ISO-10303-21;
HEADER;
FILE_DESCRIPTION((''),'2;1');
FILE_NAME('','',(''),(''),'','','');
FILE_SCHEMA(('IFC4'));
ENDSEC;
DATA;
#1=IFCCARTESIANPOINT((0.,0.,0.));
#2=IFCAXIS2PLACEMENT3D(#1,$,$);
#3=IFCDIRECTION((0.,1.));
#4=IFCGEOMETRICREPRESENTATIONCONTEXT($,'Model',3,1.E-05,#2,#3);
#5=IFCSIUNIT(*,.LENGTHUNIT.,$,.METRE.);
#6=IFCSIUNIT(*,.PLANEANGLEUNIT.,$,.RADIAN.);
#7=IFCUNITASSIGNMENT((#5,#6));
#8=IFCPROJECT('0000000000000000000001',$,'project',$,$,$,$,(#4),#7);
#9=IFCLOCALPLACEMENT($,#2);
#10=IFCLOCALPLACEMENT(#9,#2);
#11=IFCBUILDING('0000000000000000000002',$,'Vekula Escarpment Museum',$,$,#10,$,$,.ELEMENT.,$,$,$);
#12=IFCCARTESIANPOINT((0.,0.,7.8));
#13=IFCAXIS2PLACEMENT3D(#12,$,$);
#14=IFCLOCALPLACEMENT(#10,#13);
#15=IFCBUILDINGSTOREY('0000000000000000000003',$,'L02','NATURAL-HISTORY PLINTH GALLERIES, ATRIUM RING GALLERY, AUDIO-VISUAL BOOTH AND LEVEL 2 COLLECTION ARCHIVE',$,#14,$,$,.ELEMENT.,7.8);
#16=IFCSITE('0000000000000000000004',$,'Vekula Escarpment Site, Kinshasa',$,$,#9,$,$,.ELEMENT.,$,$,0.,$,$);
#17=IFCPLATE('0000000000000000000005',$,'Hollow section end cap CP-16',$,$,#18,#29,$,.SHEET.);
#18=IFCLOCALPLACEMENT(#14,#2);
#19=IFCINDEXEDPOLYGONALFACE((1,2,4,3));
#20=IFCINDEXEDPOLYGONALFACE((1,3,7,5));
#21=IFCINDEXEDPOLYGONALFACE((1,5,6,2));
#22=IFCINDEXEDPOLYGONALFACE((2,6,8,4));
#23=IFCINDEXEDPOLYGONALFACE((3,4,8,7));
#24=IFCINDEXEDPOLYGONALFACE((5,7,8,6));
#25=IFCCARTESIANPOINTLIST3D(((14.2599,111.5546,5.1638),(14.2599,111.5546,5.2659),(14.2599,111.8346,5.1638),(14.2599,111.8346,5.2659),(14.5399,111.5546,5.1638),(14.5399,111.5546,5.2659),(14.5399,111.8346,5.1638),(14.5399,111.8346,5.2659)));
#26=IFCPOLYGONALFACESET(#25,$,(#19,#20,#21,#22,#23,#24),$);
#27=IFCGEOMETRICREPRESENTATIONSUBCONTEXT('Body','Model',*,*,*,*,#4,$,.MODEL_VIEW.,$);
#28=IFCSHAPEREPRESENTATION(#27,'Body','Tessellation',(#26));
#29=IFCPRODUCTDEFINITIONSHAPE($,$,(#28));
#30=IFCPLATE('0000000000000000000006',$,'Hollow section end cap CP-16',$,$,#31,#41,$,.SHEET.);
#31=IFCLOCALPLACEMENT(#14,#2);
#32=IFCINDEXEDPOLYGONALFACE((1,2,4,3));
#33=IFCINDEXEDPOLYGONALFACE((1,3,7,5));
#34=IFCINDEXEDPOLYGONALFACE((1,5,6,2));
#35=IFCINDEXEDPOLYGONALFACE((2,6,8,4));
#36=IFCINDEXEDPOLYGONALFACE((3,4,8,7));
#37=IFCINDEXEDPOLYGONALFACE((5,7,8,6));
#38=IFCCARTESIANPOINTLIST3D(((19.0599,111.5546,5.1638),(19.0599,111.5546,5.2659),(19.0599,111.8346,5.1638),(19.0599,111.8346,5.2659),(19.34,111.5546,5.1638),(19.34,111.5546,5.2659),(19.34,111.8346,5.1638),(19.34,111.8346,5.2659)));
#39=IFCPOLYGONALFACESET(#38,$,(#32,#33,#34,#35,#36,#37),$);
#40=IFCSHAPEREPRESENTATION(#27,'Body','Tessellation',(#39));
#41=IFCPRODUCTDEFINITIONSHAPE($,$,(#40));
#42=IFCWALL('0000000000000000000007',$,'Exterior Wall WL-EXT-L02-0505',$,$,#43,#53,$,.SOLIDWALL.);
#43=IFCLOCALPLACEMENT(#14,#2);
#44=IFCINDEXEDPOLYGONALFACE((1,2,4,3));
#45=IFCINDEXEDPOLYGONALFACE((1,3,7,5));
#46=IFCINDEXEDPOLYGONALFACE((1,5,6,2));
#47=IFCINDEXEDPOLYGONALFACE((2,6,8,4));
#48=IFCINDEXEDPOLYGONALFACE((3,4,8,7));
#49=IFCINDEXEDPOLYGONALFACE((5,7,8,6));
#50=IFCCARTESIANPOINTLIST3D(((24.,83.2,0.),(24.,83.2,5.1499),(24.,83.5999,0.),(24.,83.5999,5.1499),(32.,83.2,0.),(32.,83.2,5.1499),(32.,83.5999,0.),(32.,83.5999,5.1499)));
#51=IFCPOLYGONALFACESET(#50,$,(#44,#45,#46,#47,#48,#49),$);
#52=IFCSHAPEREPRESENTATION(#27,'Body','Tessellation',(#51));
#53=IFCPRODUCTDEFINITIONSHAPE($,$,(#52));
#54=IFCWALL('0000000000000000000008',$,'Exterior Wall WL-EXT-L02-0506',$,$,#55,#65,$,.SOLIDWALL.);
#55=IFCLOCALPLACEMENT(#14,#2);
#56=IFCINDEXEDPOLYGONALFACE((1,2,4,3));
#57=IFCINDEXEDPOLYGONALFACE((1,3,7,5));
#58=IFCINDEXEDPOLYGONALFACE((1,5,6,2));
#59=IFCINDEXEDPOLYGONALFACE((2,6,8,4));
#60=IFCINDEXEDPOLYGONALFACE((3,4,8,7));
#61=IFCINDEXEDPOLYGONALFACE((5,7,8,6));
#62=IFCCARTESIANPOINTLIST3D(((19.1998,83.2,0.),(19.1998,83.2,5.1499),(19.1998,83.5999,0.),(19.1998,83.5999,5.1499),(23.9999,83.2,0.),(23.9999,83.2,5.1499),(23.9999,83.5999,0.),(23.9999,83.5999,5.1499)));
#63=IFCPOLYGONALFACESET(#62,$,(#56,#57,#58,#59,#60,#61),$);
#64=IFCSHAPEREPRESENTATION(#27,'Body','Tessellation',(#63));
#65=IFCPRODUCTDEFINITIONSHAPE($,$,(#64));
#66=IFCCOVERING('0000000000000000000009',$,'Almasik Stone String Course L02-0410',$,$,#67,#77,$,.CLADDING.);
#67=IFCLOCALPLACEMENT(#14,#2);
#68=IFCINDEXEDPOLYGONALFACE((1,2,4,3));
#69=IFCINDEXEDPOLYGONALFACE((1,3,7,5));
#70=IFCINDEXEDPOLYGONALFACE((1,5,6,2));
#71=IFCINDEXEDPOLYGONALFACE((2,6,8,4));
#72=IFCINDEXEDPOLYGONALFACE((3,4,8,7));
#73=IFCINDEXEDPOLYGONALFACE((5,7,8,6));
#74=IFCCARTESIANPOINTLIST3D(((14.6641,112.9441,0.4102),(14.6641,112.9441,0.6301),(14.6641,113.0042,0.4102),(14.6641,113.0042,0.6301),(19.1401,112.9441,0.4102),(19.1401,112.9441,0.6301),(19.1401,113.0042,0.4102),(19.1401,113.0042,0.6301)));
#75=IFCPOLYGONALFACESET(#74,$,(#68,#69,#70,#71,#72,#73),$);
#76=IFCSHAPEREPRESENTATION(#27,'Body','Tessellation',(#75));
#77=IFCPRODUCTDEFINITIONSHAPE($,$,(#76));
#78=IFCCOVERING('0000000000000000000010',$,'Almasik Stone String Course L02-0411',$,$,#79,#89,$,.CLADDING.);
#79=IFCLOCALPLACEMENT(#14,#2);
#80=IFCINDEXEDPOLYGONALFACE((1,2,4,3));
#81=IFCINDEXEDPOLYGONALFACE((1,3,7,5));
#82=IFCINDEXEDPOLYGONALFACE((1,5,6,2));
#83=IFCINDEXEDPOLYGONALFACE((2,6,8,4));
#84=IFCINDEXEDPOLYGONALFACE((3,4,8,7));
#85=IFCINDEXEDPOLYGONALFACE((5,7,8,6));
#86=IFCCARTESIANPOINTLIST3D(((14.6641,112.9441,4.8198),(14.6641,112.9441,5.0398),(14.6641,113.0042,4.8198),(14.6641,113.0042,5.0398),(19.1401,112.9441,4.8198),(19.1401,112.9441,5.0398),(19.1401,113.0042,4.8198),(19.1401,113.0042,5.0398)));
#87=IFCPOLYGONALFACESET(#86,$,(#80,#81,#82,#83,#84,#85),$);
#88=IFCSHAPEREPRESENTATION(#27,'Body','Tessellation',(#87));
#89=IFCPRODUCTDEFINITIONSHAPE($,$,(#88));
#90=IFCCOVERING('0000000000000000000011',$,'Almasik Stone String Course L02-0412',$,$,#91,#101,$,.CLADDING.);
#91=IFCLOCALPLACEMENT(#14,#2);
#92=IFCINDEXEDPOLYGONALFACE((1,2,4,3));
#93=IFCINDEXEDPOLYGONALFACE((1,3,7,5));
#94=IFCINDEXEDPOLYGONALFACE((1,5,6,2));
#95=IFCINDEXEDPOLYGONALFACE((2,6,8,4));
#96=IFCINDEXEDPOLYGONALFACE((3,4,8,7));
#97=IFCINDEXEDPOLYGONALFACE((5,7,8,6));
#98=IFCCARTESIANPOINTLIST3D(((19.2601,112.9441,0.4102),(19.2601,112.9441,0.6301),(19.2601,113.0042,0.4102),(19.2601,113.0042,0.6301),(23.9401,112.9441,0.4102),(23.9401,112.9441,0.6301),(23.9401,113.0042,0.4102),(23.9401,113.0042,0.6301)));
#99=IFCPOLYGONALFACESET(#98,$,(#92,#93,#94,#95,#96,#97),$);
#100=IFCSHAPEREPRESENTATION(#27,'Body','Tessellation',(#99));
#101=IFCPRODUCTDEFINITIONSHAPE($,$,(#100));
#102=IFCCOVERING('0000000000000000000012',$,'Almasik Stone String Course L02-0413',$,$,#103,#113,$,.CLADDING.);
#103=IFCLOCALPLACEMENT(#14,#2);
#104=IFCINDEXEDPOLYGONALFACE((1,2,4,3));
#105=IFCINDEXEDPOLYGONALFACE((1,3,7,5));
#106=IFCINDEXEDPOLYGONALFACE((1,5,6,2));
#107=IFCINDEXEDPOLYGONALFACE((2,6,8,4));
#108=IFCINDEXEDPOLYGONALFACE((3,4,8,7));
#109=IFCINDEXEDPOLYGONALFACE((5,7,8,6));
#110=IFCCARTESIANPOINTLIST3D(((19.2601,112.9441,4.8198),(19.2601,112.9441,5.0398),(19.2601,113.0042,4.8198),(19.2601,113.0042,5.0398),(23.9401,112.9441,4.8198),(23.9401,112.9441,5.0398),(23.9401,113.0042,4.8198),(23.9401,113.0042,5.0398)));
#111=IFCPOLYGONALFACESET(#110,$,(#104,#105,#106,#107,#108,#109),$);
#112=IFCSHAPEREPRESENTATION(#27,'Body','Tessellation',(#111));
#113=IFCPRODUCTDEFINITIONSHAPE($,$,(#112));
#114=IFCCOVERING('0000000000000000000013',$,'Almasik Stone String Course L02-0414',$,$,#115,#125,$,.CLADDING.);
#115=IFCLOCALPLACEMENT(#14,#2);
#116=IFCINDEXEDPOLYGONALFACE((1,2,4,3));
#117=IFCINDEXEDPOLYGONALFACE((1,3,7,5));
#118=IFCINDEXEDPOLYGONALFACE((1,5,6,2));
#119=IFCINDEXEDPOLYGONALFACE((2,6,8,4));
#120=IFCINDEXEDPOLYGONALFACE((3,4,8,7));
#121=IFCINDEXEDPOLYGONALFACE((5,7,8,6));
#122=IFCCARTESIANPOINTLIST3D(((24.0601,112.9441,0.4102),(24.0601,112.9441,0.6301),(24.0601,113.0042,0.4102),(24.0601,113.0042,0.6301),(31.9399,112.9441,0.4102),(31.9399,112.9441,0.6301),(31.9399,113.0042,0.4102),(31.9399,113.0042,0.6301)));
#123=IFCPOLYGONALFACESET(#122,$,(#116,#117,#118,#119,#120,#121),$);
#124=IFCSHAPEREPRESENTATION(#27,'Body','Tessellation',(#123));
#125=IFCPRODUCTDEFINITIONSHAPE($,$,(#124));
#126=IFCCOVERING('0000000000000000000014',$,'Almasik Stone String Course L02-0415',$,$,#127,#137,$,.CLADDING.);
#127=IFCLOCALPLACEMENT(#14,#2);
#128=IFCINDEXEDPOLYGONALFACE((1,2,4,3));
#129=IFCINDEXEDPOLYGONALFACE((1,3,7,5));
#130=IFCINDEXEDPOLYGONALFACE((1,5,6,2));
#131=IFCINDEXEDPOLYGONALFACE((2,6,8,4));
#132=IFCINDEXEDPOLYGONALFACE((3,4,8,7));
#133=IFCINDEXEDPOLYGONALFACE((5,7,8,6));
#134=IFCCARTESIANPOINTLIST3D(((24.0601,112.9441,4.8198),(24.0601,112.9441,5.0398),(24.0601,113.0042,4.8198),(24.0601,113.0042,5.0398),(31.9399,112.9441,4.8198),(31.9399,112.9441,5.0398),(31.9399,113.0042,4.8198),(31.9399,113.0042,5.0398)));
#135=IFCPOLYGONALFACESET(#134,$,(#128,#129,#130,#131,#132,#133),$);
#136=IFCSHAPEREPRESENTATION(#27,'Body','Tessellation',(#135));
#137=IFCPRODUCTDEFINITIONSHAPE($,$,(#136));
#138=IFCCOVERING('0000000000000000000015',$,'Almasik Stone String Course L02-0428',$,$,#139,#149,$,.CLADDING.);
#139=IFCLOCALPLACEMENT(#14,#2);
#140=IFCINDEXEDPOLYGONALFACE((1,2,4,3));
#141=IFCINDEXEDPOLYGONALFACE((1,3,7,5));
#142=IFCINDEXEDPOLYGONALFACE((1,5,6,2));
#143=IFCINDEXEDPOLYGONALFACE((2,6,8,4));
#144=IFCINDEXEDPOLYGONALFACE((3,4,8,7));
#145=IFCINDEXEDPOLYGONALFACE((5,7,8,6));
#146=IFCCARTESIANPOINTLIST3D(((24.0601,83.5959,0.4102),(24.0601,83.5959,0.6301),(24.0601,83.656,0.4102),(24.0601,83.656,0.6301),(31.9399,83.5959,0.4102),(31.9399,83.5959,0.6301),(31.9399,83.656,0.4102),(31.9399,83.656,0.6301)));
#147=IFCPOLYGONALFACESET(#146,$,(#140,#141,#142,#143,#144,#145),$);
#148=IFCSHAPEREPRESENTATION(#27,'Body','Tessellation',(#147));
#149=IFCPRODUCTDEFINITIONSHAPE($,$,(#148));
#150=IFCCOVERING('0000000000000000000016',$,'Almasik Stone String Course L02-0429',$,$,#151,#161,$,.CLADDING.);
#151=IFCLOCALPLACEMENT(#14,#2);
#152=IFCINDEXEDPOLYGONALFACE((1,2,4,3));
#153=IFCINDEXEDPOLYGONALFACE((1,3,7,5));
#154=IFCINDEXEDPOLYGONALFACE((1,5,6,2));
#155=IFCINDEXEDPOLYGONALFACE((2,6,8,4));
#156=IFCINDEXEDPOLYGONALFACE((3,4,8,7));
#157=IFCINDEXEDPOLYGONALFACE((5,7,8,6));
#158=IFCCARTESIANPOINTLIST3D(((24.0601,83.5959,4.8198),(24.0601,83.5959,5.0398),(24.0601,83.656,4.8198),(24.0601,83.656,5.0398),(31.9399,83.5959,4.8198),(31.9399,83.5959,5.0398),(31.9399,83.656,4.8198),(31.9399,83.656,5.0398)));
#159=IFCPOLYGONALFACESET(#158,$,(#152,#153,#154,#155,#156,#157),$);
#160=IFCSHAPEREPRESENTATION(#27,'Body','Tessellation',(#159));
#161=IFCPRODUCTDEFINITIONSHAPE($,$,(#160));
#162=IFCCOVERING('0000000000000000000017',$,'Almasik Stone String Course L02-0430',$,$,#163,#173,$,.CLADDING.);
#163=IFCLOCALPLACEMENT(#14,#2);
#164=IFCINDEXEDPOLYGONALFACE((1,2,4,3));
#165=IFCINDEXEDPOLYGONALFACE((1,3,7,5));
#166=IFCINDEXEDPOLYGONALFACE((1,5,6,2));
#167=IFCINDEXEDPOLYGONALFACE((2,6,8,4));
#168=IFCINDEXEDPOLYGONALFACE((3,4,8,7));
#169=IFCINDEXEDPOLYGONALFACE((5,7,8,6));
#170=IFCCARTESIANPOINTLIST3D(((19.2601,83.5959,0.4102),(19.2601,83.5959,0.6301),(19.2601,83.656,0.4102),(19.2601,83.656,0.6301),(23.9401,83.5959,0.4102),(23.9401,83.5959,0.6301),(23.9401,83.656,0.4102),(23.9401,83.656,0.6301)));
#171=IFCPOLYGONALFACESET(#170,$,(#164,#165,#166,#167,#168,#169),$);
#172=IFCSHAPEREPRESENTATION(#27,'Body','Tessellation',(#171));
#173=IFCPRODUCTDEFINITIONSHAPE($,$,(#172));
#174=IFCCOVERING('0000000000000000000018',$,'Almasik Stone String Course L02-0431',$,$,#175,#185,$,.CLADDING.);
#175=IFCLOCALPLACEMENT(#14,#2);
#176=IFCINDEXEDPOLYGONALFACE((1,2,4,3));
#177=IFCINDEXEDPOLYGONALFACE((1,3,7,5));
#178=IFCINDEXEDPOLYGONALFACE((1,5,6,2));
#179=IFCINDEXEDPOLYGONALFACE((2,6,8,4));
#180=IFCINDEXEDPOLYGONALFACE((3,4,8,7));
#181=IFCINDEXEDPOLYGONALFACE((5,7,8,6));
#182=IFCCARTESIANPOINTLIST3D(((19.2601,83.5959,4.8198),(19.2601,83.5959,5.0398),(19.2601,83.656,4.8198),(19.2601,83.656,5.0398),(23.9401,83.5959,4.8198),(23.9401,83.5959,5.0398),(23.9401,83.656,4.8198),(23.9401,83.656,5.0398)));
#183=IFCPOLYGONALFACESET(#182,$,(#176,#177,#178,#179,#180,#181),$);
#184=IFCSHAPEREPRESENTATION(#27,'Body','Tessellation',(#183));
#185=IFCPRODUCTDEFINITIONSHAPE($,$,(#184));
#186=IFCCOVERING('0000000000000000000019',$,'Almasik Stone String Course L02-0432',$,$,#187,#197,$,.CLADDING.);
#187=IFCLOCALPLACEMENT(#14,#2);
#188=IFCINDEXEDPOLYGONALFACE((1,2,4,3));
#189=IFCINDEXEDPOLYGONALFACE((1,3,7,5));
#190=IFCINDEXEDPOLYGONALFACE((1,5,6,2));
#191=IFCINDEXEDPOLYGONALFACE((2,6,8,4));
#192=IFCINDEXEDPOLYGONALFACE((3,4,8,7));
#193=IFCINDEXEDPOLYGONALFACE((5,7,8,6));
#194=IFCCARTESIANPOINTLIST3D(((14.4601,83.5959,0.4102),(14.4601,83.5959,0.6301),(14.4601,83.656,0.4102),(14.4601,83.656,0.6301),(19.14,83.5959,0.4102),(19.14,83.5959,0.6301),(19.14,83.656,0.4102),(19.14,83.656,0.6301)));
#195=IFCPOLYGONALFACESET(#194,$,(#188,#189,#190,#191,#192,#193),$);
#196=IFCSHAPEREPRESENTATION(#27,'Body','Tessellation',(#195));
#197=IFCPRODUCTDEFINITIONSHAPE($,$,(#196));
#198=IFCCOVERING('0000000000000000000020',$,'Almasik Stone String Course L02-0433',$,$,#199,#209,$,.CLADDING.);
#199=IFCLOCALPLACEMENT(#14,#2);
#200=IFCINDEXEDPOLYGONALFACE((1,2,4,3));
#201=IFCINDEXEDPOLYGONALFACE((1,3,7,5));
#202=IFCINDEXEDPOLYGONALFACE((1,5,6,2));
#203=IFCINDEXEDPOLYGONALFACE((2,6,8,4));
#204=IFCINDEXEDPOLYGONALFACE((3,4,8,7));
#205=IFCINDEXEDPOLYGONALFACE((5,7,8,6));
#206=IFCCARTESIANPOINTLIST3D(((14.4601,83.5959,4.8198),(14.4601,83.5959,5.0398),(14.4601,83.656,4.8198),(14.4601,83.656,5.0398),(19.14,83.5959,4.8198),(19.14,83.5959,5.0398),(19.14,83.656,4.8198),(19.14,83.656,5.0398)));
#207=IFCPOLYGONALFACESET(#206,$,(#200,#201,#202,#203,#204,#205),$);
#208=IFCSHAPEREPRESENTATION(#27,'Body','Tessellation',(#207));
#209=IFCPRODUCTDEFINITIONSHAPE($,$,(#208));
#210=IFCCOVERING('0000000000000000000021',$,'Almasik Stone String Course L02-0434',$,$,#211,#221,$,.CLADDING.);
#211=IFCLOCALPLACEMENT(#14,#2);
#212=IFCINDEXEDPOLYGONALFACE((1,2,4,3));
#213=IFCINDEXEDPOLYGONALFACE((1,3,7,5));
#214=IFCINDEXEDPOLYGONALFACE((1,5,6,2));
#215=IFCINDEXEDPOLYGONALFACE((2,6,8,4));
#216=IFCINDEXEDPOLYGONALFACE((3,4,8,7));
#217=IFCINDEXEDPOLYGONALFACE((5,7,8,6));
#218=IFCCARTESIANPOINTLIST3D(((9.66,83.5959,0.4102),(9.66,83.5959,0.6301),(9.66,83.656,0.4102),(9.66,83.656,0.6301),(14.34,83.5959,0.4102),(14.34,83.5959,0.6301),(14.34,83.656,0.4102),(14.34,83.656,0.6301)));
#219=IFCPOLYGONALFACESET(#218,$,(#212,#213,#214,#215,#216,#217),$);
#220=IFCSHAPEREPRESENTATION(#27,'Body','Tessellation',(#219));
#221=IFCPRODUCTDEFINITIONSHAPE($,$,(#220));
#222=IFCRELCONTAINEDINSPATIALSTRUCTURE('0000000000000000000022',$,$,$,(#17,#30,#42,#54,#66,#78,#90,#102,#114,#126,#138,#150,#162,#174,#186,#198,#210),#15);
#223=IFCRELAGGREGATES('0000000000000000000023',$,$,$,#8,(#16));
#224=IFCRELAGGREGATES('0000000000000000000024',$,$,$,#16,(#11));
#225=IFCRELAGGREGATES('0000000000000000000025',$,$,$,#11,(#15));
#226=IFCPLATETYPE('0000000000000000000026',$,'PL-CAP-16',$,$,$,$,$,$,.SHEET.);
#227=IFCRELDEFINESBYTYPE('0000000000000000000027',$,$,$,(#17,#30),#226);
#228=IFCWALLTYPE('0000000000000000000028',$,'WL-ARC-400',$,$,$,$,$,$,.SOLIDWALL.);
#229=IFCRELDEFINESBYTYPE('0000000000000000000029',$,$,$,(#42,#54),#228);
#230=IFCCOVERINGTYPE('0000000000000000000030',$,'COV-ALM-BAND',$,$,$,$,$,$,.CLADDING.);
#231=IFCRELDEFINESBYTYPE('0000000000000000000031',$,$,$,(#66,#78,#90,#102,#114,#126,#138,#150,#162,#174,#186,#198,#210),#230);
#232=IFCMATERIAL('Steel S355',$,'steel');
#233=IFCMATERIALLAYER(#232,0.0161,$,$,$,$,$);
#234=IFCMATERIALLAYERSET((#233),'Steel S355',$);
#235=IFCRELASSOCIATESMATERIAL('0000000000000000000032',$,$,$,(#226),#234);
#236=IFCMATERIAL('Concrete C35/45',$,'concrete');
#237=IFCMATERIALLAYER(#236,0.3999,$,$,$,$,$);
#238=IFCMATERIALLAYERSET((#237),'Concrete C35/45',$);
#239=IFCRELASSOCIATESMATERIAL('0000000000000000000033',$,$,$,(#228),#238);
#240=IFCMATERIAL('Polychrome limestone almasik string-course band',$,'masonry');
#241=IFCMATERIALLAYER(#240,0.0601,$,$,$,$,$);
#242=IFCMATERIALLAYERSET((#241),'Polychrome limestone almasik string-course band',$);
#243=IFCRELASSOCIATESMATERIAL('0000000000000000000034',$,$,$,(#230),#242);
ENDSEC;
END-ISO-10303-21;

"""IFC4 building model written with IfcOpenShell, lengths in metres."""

from ifc_helpers import new_model, si_unit, direction, frame, frame_2d, origin, origin_2d, place, context, subcontext, project, spatial, rectangle, extrude, material, layer, layer_set, type_object, element, save


model = new_model("IFC4")

# Units and contexts
model_context = context("Model", 3, precision=1e-05, world=origin(), true_north=direction((0.0, 1.0)))
body_context = subcontext(model_context, "Body", "Model", "MODEL_VIEW")
ifc_project = project(units=[si_unit("LENGTHUNIT", "METRE"), si_unit("PLANEANGLEUNIT", "RADIAN")], contexts=[model_context])

# Site, building, storey
site_placement = place(None, origin())
site = spatial("IfcSite", under=ifc_project, at=site_placement, Name="Vekula Escarpment Site, Kinshasa", CompositionType="ELEMENT", RefElevation=0.0)
building_placement = place(site_placement, origin())
building = spatial("IfcBuilding", under=site, at=building_placement, Name="Vekula Escarpment Museum", CompositionType="ELEMENT")
storey_placement = place(building_placement, frame((0.0, 0.0, 7.8)))
storey = spatial("IfcBuildingStorey", under=building, at=storey_placement, Name="L02", Description="NATURAL-HISTORY PLINTH GALLERIES, ATRIUM RING GALLERY, AUDIO-VISUAL BOOTH AND LEVEL 2 COLLECTION ARCHIVE", CompositionType="ELEMENT", Elevation=7.8)

# Plates
ifc_material_1 = material(Name="Steel S355", Category="steel")
ifc_layer_1 = layer(ifc_material_1, 0.0161)
ifc_layer_set_1 = layer_set([ifc_layer_1], Name="Steel S355")
plate_type = type_object("IfcPlateType", Name="PL-CAP-16", PredefinedType="SHEET", material=ifc_layer_set_1)
for number, where, z_axis, x_axis, name in (
    (1, (14.3999, 111.6946, 5.1638), (0.0, 0.0, 1.0), (1.0, 0.0, 0.0), "Hollow section end cap CP-16"),
    (2, (19.2, 111.6946, 5.1638), (0.0, 0.0, 1.0), (1.0, 0.0, 0.0), "Hollow section end cap CP-16"),
):
    element("IfcPlate", number, at=place(storey_placement, frame(where, z_axis=z_axis, x_axis=x_axis)), inside=storey, type_object=plate_type, Name=name, PredefinedType="SHEET", context=body_context, shape_type="SweptSolid", body=[
        extrude(rectangle(XDim=0.28, YDim=0.28, at=origin_2d()), origin(), (0.0, 0.0, 1.0), 0.1021),
    ])

# Walls
ifc_material_2 = material(Name="Concrete C35/45", Category="concrete")
ifc_layer_2 = layer(ifc_material_2, 0.3999)
ifc_layer_set_2 = layer_set([ifc_layer_2], Name="Concrete C35/45")
wall_type = type_object("IfcWallType", Name="WL-ARC-400", PredefinedType="SOLIDWALL", material=ifc_layer_set_2)
wall_1_placement = place(storey_placement, frame((24.0, 83.3999, 0.0), z_axis=(0.0, 0.0, 1.0), x_axis=(1.0, 0.0, 0.0)))
element("IfcWall", 3, at=wall_1_placement, inside=storey, type_object=wall_type, Name="Exterior Wall WL-EXT-L02-0505", PredefinedType="SOLIDWALL", context=body_context, shape_type="SweptSolid", body=[
    extrude(rectangle(XDim=8.0, YDim=0.3999, at=frame_2d((4.0, 0.0))), origin(), (0.0, 0.0, 1.0), 5.1499),
])
wall_2_placement = place(storey_placement, frame((19.2, 83.3999, 0.0), z_axis=(0.0, 0.0, 1.0), x_axis=(1.0, 0.0, 0.0)))
element("IfcWall", 4, at=wall_2_placement, inside=storey, type_object=wall_type, Name="Exterior Wall WL-EXT-L02-0506", PredefinedType="SOLIDWALL", context=body_context, shape_type="SweptSolid", body=[
    extrude(rectangle(XDim=4.8, YDim=0.3999, at=frame_2d((2.3999, 0.0))), origin(), (0.0, 0.0, 1.0), 5.1499),
])

# Coverings
ifc_material_3 = material(Name="Polychrome limestone almasik string-course band", Category="masonry")
ifc_layer_3 = layer(ifc_material_3, 0.0601)
ifc_layer_set_3 = layer_set([ifc_layer_3], Name="Polychrome limestone almasik string-course band")
covering_type = type_object("IfcCoveringType", Name="COV-ALM-BAND", PredefinedType="CLADDING", material=ifc_layer_set_3)
for number, where, z_axis, x_axis, name in (
    (5, (16.9021, 112.9741, 0.4102), (0.0, 0.0, 1.0), (1.0, 0.0, 0.0), "Almasik Stone String Course L02-0410"),
    (6, (16.9021, 112.9741, 4.8198), (0.0, 0.0, 1.0), (1.0, 0.0, 0.0), "Almasik Stone String Course L02-0411"),
):
    element("IfcCovering", number, at=place(storey_placement, frame(where, z_axis=z_axis, x_axis=x_axis)), inside=storey, type_object=covering_type, Name=name, PredefinedType="CLADDING", context=body_context, shape_type="SweptSolid", body=[
        extrude(rectangle(XDim=4.4761, YDim=0.0601, at=origin_2d()), origin(), (0.0, 0.0, 1.0), 0.22),
    ])
for number, where, z_axis, x_axis, name in (
    (7, (21.6001, 112.9741, 0.4102), (0.0, 0.0, 1.0), (1.0, 0.0, 0.0), "Almasik Stone String Course L02-0412"),
    (8, (21.6001, 112.9741, 4.8198), (0.0, 0.0, 1.0), (1.0, 0.0, 0.0), "Almasik Stone String Course L02-0413"),
):
    element("IfcCovering", number, at=place(storey_placement, frame(where, z_axis=z_axis, x_axis=x_axis)), inside=storey, type_object=covering_type, Name=name, PredefinedType="CLADDING", context=body_context, shape_type="SweptSolid", body=[
        extrude(rectangle(XDim=4.6799, YDim=0.0601, at=origin_2d()), origin(), (0.0, 0.0, 1.0), 0.22),
    ])
for number, where, z_axis, x_axis, name in (
    (9, (28.0, 112.9741, 0.4102), (0.0, 0.0, 1.0), (1.0, 0.0, 0.0), "Almasik Stone String Course L02-0414"),
    (10, (28.0, 112.9741, 4.8198), (0.0, 0.0, 1.0), (1.0, 0.0, 0.0), "Almasik Stone String Course L02-0415"),
    (11, (28.0, 83.626, 0.4102), (0.0, 0.0, 1.0), (1.0, 0.0, 0.0), "Almasik Stone String Course L02-0428"),
    (12, (28.0, 83.626, 4.8198), (0.0, 0.0, 1.0), (1.0, 0.0, 0.0), "Almasik Stone String Course L02-0429"),
):
    element("IfcCovering", number, at=place(storey_placement, frame(where, z_axis=z_axis, x_axis=x_axis)), inside=storey, type_object=covering_type, Name=name, PredefinedType="CLADDING", context=body_context, shape_type="SweptSolid", body=[
        extrude(rectangle(XDim=7.8799, YDim=0.0601, at=origin_2d()), origin(), (0.0, 0.0, 1.0), 0.22),
    ])
for number, where, z_axis, x_axis, name in (
    (13, (21.6001, 83.626, 0.4102), (0.0, 0.0, 1.0), (1.0, 0.0, 0.0), "Almasik Stone String Course L02-0430"),
    (14, (21.6001, 83.626, 4.8198), (0.0, 0.0, 1.0), (1.0, 0.0, 0.0), "Almasik Stone String Course L02-0431"),
    (15, (16.8, 83.626, 0.4102), (0.0, 0.0, 1.0), (1.0, 0.0, 0.0), "Almasik Stone String Course L02-0432"),
    (16, (16.8, 83.626, 4.8198), (0.0, 0.0, 1.0), (1.0, 0.0, 0.0), "Almasik Stone String Course L02-0433"),
    (17, (12.0, 83.626, 0.4102), (0.0, 0.0, 1.0), (1.0, 0.0, 0.0), "Almasik Stone String Course L02-0434"),
):
    element("IfcCovering", number, at=place(storey_placement, frame(where, z_axis=z_axis, x_axis=x_axis)), inside=storey, type_object=covering_type, Name=name, PredefinedType="CLADDING", context=body_context, shape_type="SweptSolid", body=[
        extrude(rectangle(XDim=4.6799, YDim=0.0601, at=origin_2d()), origin(), (0.0, 0.0, 1.0), 0.22),
    ])

save(model, "model.ifc")
